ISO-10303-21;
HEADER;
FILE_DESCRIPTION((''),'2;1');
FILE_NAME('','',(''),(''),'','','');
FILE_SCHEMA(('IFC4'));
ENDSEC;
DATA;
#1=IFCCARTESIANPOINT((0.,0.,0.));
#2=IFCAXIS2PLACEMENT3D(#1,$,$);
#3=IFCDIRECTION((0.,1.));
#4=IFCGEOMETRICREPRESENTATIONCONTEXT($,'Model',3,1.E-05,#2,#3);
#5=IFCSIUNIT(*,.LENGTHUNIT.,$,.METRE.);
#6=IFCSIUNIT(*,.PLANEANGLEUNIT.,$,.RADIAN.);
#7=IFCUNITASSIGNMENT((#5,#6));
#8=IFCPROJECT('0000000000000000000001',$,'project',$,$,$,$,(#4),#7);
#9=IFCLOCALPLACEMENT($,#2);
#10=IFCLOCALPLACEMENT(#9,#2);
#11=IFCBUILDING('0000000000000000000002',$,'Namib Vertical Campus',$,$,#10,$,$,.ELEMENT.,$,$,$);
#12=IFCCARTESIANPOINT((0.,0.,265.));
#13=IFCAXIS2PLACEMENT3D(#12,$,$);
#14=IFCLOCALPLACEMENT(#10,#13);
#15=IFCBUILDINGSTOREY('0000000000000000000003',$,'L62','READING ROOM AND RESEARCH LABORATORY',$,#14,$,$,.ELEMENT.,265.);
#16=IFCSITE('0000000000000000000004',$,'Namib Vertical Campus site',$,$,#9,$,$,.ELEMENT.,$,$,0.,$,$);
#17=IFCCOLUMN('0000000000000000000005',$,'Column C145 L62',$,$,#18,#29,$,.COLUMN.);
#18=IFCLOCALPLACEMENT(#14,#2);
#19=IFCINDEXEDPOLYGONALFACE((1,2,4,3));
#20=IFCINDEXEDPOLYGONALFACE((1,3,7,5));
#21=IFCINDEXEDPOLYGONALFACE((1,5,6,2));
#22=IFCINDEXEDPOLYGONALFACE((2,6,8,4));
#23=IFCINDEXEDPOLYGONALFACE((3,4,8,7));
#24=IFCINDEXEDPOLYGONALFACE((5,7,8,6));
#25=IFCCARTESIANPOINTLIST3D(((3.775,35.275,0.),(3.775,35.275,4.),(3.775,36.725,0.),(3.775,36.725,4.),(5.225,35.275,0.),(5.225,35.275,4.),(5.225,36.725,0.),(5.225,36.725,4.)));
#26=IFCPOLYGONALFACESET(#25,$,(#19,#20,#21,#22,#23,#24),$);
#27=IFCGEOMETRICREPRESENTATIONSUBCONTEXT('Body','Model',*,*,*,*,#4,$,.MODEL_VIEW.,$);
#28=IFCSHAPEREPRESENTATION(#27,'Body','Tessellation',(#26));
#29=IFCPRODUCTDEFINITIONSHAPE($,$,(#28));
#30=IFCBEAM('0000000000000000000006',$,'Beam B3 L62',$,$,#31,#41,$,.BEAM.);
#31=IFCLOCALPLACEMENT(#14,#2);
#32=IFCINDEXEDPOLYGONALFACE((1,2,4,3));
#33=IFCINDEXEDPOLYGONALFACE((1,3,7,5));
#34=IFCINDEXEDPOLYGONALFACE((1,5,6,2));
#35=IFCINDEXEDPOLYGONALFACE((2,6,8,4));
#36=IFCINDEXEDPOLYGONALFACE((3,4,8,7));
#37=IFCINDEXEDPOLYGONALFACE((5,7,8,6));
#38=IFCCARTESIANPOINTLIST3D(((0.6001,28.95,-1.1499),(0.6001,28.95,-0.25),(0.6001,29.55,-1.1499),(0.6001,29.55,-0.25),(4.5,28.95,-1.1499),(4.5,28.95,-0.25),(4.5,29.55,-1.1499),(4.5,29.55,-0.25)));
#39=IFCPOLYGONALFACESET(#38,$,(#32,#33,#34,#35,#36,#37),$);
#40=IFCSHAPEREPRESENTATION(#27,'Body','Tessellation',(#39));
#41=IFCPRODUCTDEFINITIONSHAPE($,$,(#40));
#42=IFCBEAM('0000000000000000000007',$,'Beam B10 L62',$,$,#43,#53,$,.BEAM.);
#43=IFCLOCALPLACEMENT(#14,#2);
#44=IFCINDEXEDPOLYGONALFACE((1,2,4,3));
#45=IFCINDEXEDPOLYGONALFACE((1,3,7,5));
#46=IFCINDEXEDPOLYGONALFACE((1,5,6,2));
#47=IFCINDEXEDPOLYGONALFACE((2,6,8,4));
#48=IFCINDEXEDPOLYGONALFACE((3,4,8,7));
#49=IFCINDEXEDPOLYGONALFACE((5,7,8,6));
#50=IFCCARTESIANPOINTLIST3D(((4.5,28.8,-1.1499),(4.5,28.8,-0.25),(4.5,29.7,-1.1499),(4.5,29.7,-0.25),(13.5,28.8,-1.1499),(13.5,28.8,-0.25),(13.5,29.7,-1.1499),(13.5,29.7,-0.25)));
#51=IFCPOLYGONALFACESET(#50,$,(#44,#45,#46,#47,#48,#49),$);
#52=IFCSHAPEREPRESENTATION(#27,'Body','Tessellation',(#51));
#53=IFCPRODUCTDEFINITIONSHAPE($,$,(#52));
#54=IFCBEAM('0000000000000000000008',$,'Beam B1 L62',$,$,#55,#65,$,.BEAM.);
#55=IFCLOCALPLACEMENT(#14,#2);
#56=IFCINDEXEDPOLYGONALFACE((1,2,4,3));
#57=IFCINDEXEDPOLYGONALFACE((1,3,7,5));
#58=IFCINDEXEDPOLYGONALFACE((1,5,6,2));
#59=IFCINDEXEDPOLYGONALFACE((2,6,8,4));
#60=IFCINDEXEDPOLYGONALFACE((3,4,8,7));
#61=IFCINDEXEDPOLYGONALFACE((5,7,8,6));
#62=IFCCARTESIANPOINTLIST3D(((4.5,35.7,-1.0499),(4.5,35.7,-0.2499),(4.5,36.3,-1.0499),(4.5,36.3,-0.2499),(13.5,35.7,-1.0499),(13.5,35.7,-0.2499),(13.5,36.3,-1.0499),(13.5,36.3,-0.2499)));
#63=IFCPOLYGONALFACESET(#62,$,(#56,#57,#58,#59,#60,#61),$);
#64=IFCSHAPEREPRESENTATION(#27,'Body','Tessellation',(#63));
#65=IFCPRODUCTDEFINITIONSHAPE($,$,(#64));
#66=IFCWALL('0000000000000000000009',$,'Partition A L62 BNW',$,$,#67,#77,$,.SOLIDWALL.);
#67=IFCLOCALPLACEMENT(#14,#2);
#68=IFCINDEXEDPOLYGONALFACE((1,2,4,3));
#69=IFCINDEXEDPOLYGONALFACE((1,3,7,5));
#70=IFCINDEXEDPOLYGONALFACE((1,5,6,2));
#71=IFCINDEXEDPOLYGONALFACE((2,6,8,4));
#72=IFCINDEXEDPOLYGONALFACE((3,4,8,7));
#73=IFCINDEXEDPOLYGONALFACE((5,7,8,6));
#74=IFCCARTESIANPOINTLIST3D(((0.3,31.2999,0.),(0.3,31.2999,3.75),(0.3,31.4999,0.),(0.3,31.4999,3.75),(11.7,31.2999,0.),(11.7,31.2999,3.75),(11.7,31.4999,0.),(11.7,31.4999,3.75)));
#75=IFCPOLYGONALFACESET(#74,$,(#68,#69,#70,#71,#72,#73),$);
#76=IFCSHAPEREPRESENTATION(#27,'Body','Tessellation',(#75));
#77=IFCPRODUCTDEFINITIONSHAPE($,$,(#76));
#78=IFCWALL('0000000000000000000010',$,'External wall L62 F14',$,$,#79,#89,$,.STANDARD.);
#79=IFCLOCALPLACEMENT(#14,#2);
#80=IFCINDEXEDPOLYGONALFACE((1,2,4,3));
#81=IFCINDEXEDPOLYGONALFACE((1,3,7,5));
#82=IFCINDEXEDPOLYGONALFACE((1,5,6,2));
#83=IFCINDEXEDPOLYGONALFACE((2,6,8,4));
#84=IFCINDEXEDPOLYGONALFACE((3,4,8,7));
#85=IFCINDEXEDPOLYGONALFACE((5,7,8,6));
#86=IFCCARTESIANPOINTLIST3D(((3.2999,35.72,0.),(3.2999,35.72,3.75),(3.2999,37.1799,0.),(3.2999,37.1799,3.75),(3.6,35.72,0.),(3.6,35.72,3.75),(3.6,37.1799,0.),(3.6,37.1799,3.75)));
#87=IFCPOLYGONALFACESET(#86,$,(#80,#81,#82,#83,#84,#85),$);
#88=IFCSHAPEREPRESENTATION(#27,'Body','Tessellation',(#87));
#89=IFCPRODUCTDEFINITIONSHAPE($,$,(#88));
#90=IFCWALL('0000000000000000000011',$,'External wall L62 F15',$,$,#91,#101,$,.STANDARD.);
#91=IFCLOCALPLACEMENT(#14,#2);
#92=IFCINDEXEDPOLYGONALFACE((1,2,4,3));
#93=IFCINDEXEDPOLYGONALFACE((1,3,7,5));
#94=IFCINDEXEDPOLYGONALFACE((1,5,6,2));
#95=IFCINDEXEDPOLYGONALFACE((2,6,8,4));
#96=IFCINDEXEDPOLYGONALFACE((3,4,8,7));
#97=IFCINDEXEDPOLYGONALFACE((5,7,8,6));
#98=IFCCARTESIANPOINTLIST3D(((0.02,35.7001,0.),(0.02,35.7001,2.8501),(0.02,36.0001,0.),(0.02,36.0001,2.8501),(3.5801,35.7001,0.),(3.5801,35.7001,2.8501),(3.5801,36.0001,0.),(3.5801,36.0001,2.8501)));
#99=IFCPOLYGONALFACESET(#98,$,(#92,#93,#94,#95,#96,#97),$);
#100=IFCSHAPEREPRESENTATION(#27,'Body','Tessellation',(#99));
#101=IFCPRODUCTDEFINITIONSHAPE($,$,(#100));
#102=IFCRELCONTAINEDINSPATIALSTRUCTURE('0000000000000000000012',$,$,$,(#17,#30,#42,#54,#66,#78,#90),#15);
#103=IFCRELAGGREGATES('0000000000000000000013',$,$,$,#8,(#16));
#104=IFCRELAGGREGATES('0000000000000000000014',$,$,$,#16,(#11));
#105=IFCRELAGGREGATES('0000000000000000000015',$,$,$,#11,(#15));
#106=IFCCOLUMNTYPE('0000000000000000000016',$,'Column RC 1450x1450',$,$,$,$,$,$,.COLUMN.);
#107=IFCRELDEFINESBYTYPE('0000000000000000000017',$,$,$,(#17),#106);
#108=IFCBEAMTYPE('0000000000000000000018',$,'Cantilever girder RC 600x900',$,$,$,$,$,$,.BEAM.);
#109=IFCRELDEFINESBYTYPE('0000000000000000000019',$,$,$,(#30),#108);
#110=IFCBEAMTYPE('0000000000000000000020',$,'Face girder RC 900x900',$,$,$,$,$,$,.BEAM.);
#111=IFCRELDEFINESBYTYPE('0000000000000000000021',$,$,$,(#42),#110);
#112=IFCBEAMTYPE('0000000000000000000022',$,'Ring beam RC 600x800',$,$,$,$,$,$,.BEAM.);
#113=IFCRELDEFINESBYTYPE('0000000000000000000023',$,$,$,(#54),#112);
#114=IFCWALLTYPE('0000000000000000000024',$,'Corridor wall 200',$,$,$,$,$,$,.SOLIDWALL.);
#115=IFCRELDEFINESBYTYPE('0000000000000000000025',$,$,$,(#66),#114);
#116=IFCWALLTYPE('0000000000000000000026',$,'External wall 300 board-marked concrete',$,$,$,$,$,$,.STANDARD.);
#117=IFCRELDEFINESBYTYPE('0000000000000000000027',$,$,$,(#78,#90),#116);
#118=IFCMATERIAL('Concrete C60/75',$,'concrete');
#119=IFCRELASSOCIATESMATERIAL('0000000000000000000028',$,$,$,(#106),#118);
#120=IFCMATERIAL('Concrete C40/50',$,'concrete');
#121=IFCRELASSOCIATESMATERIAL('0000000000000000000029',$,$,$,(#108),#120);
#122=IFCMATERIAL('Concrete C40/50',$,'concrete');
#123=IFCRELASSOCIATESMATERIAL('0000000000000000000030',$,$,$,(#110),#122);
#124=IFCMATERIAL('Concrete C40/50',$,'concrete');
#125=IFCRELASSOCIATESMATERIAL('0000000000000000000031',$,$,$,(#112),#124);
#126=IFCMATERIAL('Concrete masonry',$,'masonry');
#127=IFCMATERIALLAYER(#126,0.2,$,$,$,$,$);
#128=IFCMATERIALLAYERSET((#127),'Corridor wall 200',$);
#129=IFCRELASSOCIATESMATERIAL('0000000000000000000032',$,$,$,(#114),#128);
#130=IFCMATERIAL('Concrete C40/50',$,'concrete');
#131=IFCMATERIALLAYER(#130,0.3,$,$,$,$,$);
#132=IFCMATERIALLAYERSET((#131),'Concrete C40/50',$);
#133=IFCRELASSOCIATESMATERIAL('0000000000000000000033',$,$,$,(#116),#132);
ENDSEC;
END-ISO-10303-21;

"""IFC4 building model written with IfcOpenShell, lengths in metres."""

from ifc_helpers import new_model, si_unit, direction, frame, frame_2d, origin, origin_2d, place, context, subcontext, project, spatial, rectangle, extrude, material, layer, layer_set, material_profile, profile_set, type_object, element, save


model = new_model("IFC4")

# Units and contexts
model_context = context("Model", 3, precision=1e-05, world=origin(), true_north=direction((0.0, 1.0)))
body_context = subcontext(model_context, "Body", "Model", "MODEL_VIEW")
ifc_project = project(units=[si_unit("LENGTHUNIT", "METRE"), si_unit("PLANEANGLEUNIT", "RADIAN")], contexts=[model_context])

# Site, building, storey
site_placement = place(None, origin())
site = spatial("IfcSite", under=ifc_project, at=site_placement, Name="Namib Vertical Campus site", CompositionType="ELEMENT", RefElevation=0.0)
building_placement = place(site_placement, origin())
building = spatial("IfcBuilding", under=site, at=building_placement, Name="Namib Vertical Campus", CompositionType="ELEMENT")
storey_placement = place(building_placement, frame((0.0, 0.0, 265.0)))
storey = spatial("IfcBuildingStorey", under=building, at=storey_placement, Name="L62", Description="READING ROOM AND RESEARCH LABORATORY", CompositionType="ELEMENT", Elevation=265.0)

# Column
ifc_material_1 = material(Name="Concrete C60/75", Category="concrete")
ifc_material_profile_1 = material_profile(ifc_material_1, rectangle(XDim=1.45, YDim=1.45, at=origin_2d()))
ifc_profile_set_1 = profile_set([ifc_material_profile_1], Name="Concrete C60/75")
column_type = type_object("IfcColumnType", Name="Column RC 1450x1450", PredefinedType="COLUMN", material=ifc_profile_set_1)
column_placement = place(storey_placement, frame((4.5, 36.0, 0.0), z_axis=(0.0, 0.0, 1.0), x_axis=(1.0, 0.0, 0.0)))
element("IfcColumn", 1, at=column_placement, inside=storey, type_object=column_type, Name="Column C145 L62", PredefinedType="COLUMN", context=body_context, shape_type="SweptSolid", body=[
    extrude(rectangle(XDim=1.45, YDim=1.45, at=origin_2d()), origin(), (0.0, 0.0, 1.0), 4.0),
])

# Beams
ifc_material_2 = material(Name="Concrete C40/50", Category="concrete")
ifc_material_profile_2 = material_profile(ifc_material_2, rectangle(XDim=0.6001, YDim=0.8999, at=origin_2d()))
ifc_profile_set_2 = profile_set([ifc_material_profile_2], Name="Concrete C40/50")
beam_type_1 = type_object("IfcBeamType", Name="Cantilever girder RC 600x900", PredefinedType="BEAM", material=ifc_profile_set_2)
beam_1_placement = place(storey_placement, frame((4.5, 29.25, -0.7), z_axis=(-1.0, 0.0, 0.0), x_axis=(0.0, -1.0, 0.0)))
element("IfcBeam", 2, at=beam_1_placement, inside=storey, type_object=beam_type_1, Name="Beam B3 L62", PredefinedType="BEAM", context=body_context, shape_type="SweptSolid", body=[
    extrude(rectangle(XDim=0.6001, YDim=0.8999, at=origin_2d()), origin(), (0.0, 0.0, 1.0), 3.8999),
])
ifc_material_3 = material(Name="Concrete C40/50", Category="concrete")
ifc_material_profile_3 = material_profile(ifc_material_3, rectangle(XDim=0.8999, YDim=0.8999, at=origin_2d()))
ifc_profile_set_3 = profile_set([ifc_material_profile_3], Name="Concrete C40/50")
beam_type_2 = type_object("IfcBeamType", Name="Face girder RC 900x900", PredefinedType="BEAM", material=ifc_profile_set_3)
beam_2_placement = place(storey_placement, frame((4.5, 29.25, -0.7), z_axis=(1.0, 0.0, 0.0), x_axis=(0.0, 1.0, 0.0)))
element("IfcBeam", 3, at=beam_2_placement, inside=storey, type_object=beam_type_2, Name="Beam B10 L62", PredefinedType="BEAM", context=body_context, shape_type="SweptSolid", body=[
    extrude(rectangle(XDim=0.8999, YDim=0.8999, at=origin_2d()), origin(), (0.0, 0.0, 1.0), 9.0),
])
ifc_material_4 = material(Name="Concrete C40/50", Category="concrete")
ifc_material_profile_4 = material_profile(ifc_material_4, rectangle(XDim=0.6001, YDim=0.8, at=origin_2d()))
ifc_profile_set_4 = profile_set([ifc_material_profile_4], Name="Concrete C40/50")
beam_type_3 = type_object("IfcBeamType", Name="Ring beam RC 600x800", PredefinedType="BEAM", material=ifc_profile_set_4)
beam_3_placement = place(storey_placement, frame((4.5, 36.0, -0.6499), z_axis=(1.0, 0.0, 0.0), x_axis=(0.0, 1.0, 0.0)))
element("IfcBeam", 4, at=beam_3_placement, inside=storey, type_object=beam_type_3, Name="Beam B1 L62", PredefinedType="BEAM", context=body_context, shape_type="SweptSolid", body=[
    extrude(rectangle(XDim=0.6001, YDim=0.8, at=origin_2d()), origin(), (0.0, 0.0, 1.0), 9.0),
])

# Walls
ifc_material_5 = material(Name="Concrete masonry", Category="masonry")
ifc_layer_1 = layer(ifc_material_5, 0.2)
ifc_layer_set_1 = layer_set([ifc_layer_1], Name="Corridor wall 200")
wall_type_1 = type_object("IfcWallType", Name="Corridor wall 200", PredefinedType="SOLIDWALL", material=ifc_layer_set_1)
wall_1_placement = place(storey_placement, frame((0.3, 31.3999, 0.0), z_axis=(0.0, 0.0, 1.0), x_axis=(1.0, 0.0, 0.0)))
element("IfcWall", 5, at=wall_1_placement, inside=storey, type_object=wall_type_1, Name="Partition A L62 BNW", PredefinedType="SOLIDWALL", context=body_context, shape_type="SweptSolid", body=[
    extrude(rectangle(XDim=11.3999, YDim=0.2, at=frame_2d((5.7, 0.0))), origin(), (0.0, 0.0, 1.0), 3.75),
])
ifc_material_6 = material(Name="Concrete C40/50", Category="concrete")
ifc_layer_2 = layer(ifc_material_6, 0.3)
ifc_layer_set_2 = layer_set([ifc_layer_2], Name="Concrete C40/50")
wall_type_2 = type_object("IfcWallType", Name="External wall 300 board-marked concrete", PredefinedType="STANDARD", material=ifc_layer_set_2)
wall_2_placement = place(storey_placement, frame((3.45, 37.1799, 0.0), z_axis=(0.0, 0.0, 1.0), x_axis=(0.0, -1.0, 0.0)))
element("IfcWall", 6, at=wall_2_placement, inside=storey, type_object=wall_type_2, Name="External wall L62 F14", PredefinedType="STANDARD", context=body_context, shape_type="SweptSolid", body=[
    extrude(rectangle(XDim=1.46, YDim=0.3, at=frame_2d((0.73, 0.0))), origin(), (0.0, 0.0, 1.0), 3.75),
])
wall_3_placement = place(storey_placement, frame((3.5801, 35.8501, 0.0), z_axis=(0.0, 0.0, 1.0), x_axis=(-1.0, 0.0, 0.0)))
element("IfcWall", 7, at=wall_3_placement, inside=storey, type_object=wall_type_2, Name="External wall L62 F15", PredefinedType="STANDARD", context=body_context, shape_type="SweptSolid", body=[
    extrude(rectangle(XDim=3.5601, YDim=0.3, at=frame_2d((1.78, 0.0))), origin(), (0.0, 0.0, 1.0), 2.8501),
])

save(model, "model.ifc")
